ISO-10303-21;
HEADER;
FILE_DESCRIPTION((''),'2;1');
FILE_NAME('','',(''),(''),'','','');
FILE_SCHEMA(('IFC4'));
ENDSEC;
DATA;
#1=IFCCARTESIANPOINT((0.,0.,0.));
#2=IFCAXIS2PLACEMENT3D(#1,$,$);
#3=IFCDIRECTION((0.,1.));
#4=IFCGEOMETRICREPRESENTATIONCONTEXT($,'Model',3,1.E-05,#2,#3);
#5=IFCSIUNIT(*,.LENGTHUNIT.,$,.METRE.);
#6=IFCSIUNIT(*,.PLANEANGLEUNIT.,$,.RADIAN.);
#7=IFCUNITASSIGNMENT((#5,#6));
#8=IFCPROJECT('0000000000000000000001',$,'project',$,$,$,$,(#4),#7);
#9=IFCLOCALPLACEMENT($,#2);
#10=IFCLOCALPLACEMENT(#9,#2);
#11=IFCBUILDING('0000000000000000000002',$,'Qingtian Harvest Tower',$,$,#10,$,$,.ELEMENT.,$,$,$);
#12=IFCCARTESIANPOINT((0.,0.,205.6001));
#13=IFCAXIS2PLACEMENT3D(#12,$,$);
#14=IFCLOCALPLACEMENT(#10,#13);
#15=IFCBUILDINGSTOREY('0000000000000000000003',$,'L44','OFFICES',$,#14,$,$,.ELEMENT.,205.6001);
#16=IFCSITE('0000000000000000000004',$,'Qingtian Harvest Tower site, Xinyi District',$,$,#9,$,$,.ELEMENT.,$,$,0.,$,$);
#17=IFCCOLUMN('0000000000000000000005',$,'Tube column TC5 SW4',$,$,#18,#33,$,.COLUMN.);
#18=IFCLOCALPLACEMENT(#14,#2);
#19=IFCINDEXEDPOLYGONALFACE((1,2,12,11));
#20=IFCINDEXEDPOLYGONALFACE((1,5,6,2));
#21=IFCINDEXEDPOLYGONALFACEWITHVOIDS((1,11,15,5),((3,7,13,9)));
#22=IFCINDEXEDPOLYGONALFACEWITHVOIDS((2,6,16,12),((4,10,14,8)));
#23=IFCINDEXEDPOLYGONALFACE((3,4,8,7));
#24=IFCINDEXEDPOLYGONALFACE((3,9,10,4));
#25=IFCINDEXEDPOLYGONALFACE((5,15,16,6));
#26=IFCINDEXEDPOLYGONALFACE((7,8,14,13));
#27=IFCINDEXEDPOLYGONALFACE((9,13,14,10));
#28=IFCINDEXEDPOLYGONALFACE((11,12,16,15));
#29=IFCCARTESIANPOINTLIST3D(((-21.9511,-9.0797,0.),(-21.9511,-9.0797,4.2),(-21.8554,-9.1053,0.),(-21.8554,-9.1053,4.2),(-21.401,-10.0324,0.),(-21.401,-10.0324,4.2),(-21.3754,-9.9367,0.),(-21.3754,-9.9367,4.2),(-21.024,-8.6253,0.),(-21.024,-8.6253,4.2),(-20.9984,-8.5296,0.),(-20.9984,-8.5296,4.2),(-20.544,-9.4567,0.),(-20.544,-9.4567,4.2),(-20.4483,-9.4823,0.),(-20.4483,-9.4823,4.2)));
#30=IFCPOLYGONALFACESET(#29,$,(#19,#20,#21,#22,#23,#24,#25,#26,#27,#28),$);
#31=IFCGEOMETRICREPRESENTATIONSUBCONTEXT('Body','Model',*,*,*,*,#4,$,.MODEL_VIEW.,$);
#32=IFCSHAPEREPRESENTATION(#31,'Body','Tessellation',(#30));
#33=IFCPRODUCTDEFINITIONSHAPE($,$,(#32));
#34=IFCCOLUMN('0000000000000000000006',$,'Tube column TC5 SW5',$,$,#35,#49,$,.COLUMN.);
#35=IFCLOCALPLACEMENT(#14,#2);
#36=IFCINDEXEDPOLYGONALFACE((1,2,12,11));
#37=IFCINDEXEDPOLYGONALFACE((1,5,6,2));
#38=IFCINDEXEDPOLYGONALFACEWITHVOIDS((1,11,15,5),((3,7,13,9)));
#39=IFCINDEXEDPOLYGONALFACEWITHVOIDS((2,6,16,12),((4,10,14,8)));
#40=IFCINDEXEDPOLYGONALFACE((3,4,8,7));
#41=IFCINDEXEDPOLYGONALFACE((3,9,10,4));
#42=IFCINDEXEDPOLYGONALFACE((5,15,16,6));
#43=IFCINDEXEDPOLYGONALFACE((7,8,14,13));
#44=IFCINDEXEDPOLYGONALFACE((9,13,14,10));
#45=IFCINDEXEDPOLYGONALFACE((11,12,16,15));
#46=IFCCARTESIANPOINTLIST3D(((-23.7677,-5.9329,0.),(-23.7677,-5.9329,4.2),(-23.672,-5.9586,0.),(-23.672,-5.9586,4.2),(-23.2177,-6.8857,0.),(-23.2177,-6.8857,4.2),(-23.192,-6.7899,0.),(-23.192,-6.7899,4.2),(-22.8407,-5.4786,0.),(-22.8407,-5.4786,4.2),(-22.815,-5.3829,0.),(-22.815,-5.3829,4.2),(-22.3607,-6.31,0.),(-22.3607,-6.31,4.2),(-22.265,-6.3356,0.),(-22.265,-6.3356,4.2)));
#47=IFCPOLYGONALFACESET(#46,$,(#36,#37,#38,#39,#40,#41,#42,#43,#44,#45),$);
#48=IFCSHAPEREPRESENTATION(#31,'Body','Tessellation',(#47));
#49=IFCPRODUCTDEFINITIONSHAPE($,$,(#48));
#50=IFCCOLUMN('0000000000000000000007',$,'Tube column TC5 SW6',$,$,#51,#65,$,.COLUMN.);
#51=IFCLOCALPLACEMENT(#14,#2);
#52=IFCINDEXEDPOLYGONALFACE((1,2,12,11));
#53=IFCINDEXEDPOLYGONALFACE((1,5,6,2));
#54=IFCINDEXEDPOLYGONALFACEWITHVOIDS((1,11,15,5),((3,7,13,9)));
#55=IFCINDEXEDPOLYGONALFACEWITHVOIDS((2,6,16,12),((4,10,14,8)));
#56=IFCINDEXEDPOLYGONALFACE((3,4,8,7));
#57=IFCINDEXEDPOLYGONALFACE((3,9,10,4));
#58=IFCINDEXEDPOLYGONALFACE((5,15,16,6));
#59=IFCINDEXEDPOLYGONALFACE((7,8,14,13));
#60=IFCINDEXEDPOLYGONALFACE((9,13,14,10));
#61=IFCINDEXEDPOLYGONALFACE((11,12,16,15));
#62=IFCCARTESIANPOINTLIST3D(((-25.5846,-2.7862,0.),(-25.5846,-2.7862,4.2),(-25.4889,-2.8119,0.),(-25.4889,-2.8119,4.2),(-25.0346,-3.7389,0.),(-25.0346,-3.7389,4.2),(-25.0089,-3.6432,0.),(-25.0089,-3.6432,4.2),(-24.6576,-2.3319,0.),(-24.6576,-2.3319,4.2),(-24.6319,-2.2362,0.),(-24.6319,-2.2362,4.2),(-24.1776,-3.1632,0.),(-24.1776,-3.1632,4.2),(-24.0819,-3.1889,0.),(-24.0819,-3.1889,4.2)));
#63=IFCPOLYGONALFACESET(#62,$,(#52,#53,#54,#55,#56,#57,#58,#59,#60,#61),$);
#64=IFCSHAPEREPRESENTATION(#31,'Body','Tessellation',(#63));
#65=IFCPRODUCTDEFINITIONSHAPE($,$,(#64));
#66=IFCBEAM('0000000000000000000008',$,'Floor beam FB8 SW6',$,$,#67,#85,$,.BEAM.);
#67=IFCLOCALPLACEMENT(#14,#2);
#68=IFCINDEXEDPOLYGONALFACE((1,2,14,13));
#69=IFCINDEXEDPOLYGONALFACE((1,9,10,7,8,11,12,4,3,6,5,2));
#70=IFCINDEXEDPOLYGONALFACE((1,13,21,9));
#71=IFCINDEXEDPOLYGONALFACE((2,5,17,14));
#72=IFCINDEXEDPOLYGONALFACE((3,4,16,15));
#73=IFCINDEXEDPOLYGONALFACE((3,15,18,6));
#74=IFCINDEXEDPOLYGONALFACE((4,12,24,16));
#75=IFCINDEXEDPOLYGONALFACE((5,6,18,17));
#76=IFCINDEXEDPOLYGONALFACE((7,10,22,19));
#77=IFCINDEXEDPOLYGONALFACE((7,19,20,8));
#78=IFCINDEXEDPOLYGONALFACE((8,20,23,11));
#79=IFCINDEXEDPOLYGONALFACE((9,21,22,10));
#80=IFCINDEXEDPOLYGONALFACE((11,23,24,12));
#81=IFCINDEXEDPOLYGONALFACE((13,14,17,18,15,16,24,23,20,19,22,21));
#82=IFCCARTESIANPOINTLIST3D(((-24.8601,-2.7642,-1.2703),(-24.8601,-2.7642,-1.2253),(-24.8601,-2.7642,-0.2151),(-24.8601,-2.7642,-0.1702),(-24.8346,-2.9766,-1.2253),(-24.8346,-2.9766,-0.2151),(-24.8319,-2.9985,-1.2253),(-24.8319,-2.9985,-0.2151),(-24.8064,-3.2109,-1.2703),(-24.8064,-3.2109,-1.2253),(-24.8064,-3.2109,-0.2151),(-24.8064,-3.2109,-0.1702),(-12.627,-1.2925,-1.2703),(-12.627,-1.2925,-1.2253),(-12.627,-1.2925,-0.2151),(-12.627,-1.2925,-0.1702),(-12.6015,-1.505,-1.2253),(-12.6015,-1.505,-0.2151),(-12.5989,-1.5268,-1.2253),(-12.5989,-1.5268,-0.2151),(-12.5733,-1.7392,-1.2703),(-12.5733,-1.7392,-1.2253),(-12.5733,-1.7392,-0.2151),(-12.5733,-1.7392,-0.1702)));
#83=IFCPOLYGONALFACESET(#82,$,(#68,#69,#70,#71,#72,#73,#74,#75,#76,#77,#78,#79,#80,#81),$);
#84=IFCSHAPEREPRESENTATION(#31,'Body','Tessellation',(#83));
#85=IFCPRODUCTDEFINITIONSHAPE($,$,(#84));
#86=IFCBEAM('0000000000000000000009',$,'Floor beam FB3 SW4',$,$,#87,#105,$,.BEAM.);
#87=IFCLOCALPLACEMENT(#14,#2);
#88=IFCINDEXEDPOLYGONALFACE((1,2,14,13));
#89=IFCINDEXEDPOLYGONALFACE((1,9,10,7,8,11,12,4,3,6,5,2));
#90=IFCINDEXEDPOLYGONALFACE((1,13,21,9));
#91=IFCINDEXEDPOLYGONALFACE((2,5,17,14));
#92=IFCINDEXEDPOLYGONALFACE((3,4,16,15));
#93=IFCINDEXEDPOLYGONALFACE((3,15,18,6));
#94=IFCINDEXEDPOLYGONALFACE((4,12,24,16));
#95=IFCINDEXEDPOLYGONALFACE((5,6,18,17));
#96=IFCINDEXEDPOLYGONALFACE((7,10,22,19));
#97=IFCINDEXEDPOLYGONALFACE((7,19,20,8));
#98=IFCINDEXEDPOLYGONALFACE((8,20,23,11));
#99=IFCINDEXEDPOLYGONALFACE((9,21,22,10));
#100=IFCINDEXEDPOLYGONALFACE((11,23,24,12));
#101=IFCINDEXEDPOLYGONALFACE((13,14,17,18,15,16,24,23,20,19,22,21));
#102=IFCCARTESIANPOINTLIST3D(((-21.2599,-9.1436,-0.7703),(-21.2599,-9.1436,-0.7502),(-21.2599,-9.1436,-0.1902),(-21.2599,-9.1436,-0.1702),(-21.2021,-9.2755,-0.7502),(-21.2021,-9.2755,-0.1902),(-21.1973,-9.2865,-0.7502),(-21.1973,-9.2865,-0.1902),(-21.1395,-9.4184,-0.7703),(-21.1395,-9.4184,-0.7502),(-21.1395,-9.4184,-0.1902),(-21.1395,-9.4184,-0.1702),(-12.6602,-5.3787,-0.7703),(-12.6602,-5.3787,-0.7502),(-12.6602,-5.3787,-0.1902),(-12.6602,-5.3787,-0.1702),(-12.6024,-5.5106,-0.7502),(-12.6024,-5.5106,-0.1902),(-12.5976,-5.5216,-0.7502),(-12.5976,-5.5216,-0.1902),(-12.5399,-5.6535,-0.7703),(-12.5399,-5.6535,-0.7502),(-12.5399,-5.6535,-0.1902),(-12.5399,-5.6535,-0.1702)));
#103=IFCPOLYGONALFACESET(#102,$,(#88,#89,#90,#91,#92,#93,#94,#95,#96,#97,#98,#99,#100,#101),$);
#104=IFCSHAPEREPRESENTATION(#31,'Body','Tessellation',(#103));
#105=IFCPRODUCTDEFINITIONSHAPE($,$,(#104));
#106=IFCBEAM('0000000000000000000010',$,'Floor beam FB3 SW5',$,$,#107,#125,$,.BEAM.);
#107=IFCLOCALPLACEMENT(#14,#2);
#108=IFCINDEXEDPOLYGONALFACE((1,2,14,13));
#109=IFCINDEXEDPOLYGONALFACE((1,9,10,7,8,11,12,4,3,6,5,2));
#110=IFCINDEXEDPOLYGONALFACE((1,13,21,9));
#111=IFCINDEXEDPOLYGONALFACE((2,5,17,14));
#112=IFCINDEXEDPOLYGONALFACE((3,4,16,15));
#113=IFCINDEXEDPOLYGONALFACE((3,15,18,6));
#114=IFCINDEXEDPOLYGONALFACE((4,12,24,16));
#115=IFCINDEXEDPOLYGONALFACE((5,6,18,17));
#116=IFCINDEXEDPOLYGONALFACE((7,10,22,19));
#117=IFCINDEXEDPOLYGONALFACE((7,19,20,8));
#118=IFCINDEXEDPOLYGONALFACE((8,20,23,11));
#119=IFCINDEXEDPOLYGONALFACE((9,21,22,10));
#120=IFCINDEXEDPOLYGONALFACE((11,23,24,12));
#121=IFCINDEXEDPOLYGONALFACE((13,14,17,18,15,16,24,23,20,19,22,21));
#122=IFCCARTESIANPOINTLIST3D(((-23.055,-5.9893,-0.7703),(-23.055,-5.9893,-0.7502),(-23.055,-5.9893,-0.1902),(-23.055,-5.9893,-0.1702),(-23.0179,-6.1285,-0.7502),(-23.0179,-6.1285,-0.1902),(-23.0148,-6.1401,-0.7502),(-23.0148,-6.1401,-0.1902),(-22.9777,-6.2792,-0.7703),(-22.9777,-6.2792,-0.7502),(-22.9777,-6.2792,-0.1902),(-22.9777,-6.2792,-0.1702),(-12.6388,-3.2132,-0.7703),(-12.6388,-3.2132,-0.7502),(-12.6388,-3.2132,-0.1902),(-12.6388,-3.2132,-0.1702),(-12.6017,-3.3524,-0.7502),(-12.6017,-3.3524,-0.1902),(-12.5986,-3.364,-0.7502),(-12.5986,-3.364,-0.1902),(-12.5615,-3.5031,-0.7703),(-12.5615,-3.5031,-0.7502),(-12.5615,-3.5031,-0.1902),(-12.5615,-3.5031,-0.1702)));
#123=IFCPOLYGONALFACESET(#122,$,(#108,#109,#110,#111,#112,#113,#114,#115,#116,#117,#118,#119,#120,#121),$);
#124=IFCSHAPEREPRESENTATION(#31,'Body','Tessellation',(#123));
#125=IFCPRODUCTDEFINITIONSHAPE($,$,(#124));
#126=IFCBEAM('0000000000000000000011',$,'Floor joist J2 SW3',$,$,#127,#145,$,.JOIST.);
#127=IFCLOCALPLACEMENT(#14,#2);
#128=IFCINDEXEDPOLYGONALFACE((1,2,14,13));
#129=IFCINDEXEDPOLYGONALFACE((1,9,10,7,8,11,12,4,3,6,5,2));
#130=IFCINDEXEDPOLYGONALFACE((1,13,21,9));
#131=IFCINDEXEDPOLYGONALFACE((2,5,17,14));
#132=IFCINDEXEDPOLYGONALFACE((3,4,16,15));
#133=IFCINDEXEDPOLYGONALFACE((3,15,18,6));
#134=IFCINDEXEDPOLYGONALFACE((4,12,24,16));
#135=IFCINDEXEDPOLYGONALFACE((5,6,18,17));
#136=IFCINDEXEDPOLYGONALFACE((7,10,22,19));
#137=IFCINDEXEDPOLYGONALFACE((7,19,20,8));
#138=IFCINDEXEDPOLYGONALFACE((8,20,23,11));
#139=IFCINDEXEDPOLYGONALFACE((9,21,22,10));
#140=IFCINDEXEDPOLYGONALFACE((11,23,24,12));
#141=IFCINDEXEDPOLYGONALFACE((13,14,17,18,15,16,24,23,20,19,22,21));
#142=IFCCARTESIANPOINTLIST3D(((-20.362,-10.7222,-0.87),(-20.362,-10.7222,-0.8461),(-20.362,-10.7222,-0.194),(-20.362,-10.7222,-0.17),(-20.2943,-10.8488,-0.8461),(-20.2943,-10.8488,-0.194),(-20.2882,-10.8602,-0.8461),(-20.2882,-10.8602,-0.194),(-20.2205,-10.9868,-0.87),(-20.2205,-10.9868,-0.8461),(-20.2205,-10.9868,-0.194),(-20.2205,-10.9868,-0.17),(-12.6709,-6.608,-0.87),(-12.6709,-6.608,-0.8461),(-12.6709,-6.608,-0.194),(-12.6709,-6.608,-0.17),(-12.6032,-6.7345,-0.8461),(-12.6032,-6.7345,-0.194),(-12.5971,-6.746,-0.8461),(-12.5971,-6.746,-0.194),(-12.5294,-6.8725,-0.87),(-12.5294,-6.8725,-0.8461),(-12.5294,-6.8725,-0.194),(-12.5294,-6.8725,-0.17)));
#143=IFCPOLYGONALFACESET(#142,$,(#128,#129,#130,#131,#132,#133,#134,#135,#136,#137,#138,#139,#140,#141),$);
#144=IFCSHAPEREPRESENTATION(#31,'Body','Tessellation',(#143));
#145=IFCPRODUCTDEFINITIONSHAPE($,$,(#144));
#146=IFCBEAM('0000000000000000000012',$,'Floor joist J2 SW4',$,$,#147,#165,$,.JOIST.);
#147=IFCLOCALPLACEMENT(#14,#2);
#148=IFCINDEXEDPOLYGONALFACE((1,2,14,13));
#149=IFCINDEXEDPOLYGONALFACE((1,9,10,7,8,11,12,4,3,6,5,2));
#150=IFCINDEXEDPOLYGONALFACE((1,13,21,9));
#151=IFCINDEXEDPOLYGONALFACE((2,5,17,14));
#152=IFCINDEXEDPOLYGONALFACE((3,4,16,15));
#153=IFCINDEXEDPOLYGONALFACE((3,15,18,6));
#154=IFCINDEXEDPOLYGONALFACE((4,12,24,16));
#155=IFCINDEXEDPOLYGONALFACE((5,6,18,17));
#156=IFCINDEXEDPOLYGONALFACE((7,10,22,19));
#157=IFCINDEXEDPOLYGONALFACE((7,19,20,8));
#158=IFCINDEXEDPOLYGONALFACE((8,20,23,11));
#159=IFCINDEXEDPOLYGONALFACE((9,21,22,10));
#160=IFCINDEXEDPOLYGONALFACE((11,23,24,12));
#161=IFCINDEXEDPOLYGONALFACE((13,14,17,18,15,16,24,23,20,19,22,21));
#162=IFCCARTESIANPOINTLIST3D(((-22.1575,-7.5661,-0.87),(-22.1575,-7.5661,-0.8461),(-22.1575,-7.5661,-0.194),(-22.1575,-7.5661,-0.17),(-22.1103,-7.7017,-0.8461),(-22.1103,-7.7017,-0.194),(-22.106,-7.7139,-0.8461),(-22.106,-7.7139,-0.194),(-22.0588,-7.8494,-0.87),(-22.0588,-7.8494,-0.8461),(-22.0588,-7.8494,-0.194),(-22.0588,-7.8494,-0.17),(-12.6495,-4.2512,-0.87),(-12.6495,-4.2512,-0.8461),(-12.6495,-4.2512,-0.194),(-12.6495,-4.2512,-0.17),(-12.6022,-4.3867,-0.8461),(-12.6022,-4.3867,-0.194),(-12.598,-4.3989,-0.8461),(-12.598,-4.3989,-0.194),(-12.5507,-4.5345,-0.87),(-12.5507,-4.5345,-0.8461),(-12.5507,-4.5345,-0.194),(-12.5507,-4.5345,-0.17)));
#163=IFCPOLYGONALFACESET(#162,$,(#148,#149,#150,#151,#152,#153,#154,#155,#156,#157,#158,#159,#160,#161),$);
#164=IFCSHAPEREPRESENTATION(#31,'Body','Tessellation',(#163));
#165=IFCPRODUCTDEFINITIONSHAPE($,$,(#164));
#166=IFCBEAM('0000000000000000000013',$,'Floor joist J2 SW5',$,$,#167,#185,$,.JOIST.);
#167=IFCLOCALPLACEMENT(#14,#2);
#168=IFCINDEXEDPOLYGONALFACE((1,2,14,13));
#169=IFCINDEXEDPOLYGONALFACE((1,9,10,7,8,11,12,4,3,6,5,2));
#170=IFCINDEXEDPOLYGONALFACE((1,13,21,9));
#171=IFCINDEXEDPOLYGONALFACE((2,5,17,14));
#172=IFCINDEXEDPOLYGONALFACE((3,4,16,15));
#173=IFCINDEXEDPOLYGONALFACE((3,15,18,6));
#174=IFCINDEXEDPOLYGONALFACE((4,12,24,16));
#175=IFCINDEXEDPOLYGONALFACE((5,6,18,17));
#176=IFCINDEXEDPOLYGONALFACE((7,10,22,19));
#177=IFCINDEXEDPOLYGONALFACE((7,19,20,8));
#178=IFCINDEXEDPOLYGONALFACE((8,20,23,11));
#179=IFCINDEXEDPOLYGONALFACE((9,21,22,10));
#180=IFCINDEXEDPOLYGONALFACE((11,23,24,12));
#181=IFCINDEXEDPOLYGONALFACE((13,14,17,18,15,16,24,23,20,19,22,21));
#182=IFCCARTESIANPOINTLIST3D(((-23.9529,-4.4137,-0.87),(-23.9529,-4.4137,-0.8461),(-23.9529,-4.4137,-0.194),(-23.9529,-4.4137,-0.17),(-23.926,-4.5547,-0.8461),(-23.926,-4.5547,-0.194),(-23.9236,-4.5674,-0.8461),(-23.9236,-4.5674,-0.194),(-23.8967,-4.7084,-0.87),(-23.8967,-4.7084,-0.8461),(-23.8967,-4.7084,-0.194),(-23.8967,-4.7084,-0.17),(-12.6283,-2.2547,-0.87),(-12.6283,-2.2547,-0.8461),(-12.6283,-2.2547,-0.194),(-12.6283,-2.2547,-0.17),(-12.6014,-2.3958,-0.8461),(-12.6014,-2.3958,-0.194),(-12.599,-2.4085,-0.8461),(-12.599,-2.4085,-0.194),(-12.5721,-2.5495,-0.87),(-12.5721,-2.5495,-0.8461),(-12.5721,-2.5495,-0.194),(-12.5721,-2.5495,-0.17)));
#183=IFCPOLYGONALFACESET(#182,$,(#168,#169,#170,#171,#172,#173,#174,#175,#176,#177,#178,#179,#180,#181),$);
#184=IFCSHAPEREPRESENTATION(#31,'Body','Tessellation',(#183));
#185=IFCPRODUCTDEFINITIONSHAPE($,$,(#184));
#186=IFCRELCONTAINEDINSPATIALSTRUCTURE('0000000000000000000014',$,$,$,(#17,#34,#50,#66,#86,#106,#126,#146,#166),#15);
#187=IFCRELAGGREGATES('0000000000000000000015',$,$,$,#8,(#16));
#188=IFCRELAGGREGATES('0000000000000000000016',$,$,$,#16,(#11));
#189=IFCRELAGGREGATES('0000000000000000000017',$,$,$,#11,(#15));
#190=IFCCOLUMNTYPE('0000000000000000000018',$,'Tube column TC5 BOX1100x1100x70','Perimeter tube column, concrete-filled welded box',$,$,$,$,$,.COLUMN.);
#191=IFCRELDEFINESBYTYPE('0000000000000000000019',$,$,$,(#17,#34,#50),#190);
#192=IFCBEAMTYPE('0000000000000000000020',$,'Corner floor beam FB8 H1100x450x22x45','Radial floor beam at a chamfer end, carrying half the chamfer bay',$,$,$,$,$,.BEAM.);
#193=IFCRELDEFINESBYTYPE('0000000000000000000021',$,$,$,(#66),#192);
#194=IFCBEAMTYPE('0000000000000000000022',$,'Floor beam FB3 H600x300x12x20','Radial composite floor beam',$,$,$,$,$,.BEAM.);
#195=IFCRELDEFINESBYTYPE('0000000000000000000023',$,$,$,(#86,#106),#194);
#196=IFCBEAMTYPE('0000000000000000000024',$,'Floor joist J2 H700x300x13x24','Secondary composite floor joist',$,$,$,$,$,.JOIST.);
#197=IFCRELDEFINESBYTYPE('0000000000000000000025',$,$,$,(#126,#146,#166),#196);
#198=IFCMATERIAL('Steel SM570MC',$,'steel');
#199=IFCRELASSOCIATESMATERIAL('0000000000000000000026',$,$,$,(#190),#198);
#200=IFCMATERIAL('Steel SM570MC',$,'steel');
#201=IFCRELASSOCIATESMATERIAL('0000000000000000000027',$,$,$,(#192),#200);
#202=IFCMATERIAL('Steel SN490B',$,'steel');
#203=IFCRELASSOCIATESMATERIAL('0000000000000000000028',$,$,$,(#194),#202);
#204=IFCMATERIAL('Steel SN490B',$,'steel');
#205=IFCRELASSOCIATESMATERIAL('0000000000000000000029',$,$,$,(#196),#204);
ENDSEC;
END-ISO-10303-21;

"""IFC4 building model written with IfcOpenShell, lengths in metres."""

from ifc_helpers import new_model, si_unit, direction, frame, origin, origin_2d, place, context, subcontext, project, spatial, hollow_rectangle, i_section, extrude, material, material_profile, profile_set, type_object, element, save


model = new_model("IFC4")

# Units and contexts
model_context = context("Model", 3, precision=1e-05, world=origin(), true_north=direction((0.0, 1.0)))
body_context = subcontext(model_context, "Body", "Model", "MODEL_VIEW")
ifc_project = project(units=[si_unit("LENGTHUNIT", "METRE"), si_unit("PLANEANGLEUNIT", "RADIAN")], contexts=[model_context])

# Site, building, storey
site_placement = place(None, origin())
site = spatial("IfcSite", under=ifc_project, at=site_placement, Name="Qingtian Harvest Tower site, Xinyi District", CompositionType="ELEMENT", RefElevation=0.0)
building_placement = place(site_placement, origin())
building = spatial("IfcBuilding", under=site, at=building_placement, Name="Qingtian Harvest Tower", CompositionType="ELEMENT")
storey_placement = place(building_placement, frame((0.0, 0.0, 205.6001)))
storey = spatial("IfcBuildingStorey", under=building, at=storey_placement, Name="L44", Description="OFFICES", CompositionType="ELEMENT", Elevation=205.6001)

# Columns
ifc_material_1 = material(Name="Steel SM570MC", Category="steel")
ifc_material_profile_1 = material_profile(ifc_material_1, hollow_rectangle(XDim=1.1001, YDim=1.1001, WallThickness=0.0701, at=origin_2d()), Name="BOX1100x1100x70")
ifc_profile_set_1 = profile_set([ifc_material_profile_1], Name="Steel SM570MC")
column_type = type_object("IfcColumnType", Name="Tube column TC5 BOX1100x1100x70", Description="Perimeter tube column, concrete-filled welded box", PredefinedType="COLUMN", material=ifc_profile_set_1)
for number, where, z_axis, x_axis, name in (
    (1, (-21.1997, -9.281, 0.0), (0.0, 0.0, 1.0), (0.5, -0.866025, 0.0), "Tube column TC5 SW4"),
    (2, (-23.0164, -6.1343, 0.0), (0.0, 0.0, 1.0), (0.5, -0.866025, 0.0), "Tube column TC5 SW5"),
    (3, (-24.8333, -2.9875, 0.0), (0.0, 0.0, 1.0), (0.5, -0.866025, 0.0), "Tube column TC5 SW6"),
):
    element("IfcColumn", number, at=place(storey_placement, frame(where, z_axis=z_axis, x_axis=x_axis)), inside=storey, type_object=column_type, Name=name, PredefinedType="COLUMN", context=body_context, shape_type="SweptSolid", body=[
        extrude(hollow_rectangle(XDim=1.1001, YDim=1.1001, WallThickness=0.0701, at=origin_2d()), origin(), (0.0, 0.0, 1.0), 4.2),
    ])

# Beams
ifc_material_2 = material(Name="Steel SM570MC", Category="steel")
ifc_material_profile_2 = material_profile(ifc_material_2, i_section(OverallWidth=0.45, OverallDepth=1.1001, WebThickness=0.022, FlangeThickness=0.0449, at=origin_2d()), Name="H1100x450x22x45")
ifc_profile_set_2 = profile_set([ifc_material_profile_2], Name="Steel SM570MC")
beam_type_1 = type_object("IfcBeamType", Name="Corner floor beam FB8 H1100x450x22x45", Description="Radial floor beam at a chamfer end, carrying half the chamfer bay", PredefinedType="BEAM", material=ifc_profile_set_2)
beam_1_placement = place(storey_placement, frame((-24.8333, -2.9875, -0.7202), z_axis=(0.992841, 0.119441, 0.0), x_axis=(-0.119441, 0.992841, 0.0)))
element("IfcBeam", 4, at=beam_1_placement, inside=storey, type_object=beam_type_1, Name="Floor beam FB8 SW6", PredefinedType="BEAM", context=body_context, shape_type="SweptSolid", body=[
    extrude(i_section(OverallWidth=0.45, OverallDepth=1.1001, WebThickness=0.022, FlangeThickness=0.0449, at=origin_2d()), origin(), (0.0, 0.0, 1.0), 12.3213),
])
ifc_material_3 = material(Name="Steel SN490B", Category="steel")
ifc_material_profile_3 = material_profile(ifc_material_3, i_section(OverallWidth=0.3, OverallDepth=0.6001, WebThickness=0.012, FlangeThickness=0.02, at=origin_2d()), Name="H600x300x12x20")
ifc_profile_set_3 = profile_set([ifc_material_profile_3], Name="Steel SN490B")
beam_type_2 = type_object("IfcBeamType", Name="Floor beam FB3 H600x300x12x20", Description="Radial composite floor beam", PredefinedType="BEAM", material=ifc_profile_set_3)
beam_2_placement = place(storey_placement, frame((-21.1997, -9.281, -0.4702), z_axis=(0.916057, 0.401048, 0.0), x_axis=(-0.401048, 0.916057, 0.0)))
element("IfcBeam", 5, at=beam_2_placement, inside=storey, type_object=beam_type_2, Name="Floor beam FB3 SW4", PredefinedType="BEAM", context=body_context, shape_type="SweptSolid", body=[
    extrude(i_section(OverallWidth=0.3, OverallDepth=0.6001, WebThickness=0.012, FlangeThickness=0.02, at=origin_2d()), origin(), (0.0, 0.0, 1.0), 9.3877),
])
beam_3_placement = place(storey_placement, frame((-23.0164, -6.1343, -0.4702), z_axis=(0.966271, 0.257529, 0.0), x_axis=(-0.257529, 0.966271, 0.0)))
element("IfcBeam", 6, at=beam_3_placement, inside=storey, type_object=beam_type_2, Name="Floor beam FB3 SW5", PredefinedType="BEAM", context=body_context, shape_type="SweptSolid", body=[
    extrude(i_section(OverallWidth=0.3, OverallDepth=0.6001, WebThickness=0.012, FlangeThickness=0.02, at=origin_2d()), origin(), (0.0, 0.0, 1.0), 10.7798),
])
ifc_material_4 = material(Name="Steel SN490B", Category="steel")
ifc_material_profile_4 = material_profile(ifc_material_4, i_section(OverallWidth=0.3, OverallDepth=0.7, WebThickness=0.0129, FlangeThickness=0.0239, at=origin_2d()), Name="H700x300x13x24")
ifc_profile_set_4 = profile_set([ifc_material_profile_4], Name="Steel SN490B")
beam_type_3 = type_object("IfcBeamType", Name="Floor joist J2 H700x300x13x24", Description="Secondary composite floor joist", PredefinedType="JOIST", material=ifc_profile_set_4)
beam_4_placement = place(storey_placement, frame((-20.2913, -10.8545, -0.52), z_axis=(0.881767, 0.471686, 0.0), x_axis=(-0.471686, 0.881767, 0.0)))
element("IfcBeam", 7, at=beam_4_placement, inside=storey, type_object=beam_type_3, Name="Floor joist J2 SW3", PredefinedType="JOIST", context=body_context, shape_type="SweptSolid", body=[
    extrude(i_section(OverallWidth=0.3, OverallDepth=0.7, WebThickness=0.0129, FlangeThickness=0.0239, at=origin_2d()), origin(), (0.0, 0.0, 1.0), 8.7224),
])
beam_5_placement = place(storey_placement, frame((-22.1082, -7.7078, -0.52), z_axis=(0.944256, 0.329211, 0.0), x_axis=(-0.329211, 0.944256, 0.0)))
element("IfcBeam", 8, at=beam_5_placement, inside=storey, type_object=beam_type_3, Name="Floor joist J2 SW4", PredefinedType="JOIST", context=body_context, shape_type="SweptSolid", body=[
    extrude(i_section(OverallWidth=0.3, OverallDepth=0.7, WebThickness=0.0129, FlangeThickness=0.0239, at=origin_2d()), origin(), (0.0, 0.0, 1.0), 10.0693),
])
beam_6_placement = place(storey_placement, frame((-23.9248, -4.561, -0.52), z_axis=(0.982309, 0.187267, 0.0), x_axis=(-0.187267, 0.982309, 0.0)))
element("IfcBeam", 9, at=beam_6_placement, inside=storey, type_object=beam_type_3, Name="Floor joist J2 SW5", PredefinedType="JOIST", context=body_context, shape_type="SweptSolid", body=[
    extrude(i_section(OverallWidth=0.3, OverallDepth=0.7, WebThickness=0.0129, FlangeThickness=0.0239, at=origin_2d()), origin(), (0.0, 0.0, 1.0), 11.5286),
])

save(model, "model.ifc")
